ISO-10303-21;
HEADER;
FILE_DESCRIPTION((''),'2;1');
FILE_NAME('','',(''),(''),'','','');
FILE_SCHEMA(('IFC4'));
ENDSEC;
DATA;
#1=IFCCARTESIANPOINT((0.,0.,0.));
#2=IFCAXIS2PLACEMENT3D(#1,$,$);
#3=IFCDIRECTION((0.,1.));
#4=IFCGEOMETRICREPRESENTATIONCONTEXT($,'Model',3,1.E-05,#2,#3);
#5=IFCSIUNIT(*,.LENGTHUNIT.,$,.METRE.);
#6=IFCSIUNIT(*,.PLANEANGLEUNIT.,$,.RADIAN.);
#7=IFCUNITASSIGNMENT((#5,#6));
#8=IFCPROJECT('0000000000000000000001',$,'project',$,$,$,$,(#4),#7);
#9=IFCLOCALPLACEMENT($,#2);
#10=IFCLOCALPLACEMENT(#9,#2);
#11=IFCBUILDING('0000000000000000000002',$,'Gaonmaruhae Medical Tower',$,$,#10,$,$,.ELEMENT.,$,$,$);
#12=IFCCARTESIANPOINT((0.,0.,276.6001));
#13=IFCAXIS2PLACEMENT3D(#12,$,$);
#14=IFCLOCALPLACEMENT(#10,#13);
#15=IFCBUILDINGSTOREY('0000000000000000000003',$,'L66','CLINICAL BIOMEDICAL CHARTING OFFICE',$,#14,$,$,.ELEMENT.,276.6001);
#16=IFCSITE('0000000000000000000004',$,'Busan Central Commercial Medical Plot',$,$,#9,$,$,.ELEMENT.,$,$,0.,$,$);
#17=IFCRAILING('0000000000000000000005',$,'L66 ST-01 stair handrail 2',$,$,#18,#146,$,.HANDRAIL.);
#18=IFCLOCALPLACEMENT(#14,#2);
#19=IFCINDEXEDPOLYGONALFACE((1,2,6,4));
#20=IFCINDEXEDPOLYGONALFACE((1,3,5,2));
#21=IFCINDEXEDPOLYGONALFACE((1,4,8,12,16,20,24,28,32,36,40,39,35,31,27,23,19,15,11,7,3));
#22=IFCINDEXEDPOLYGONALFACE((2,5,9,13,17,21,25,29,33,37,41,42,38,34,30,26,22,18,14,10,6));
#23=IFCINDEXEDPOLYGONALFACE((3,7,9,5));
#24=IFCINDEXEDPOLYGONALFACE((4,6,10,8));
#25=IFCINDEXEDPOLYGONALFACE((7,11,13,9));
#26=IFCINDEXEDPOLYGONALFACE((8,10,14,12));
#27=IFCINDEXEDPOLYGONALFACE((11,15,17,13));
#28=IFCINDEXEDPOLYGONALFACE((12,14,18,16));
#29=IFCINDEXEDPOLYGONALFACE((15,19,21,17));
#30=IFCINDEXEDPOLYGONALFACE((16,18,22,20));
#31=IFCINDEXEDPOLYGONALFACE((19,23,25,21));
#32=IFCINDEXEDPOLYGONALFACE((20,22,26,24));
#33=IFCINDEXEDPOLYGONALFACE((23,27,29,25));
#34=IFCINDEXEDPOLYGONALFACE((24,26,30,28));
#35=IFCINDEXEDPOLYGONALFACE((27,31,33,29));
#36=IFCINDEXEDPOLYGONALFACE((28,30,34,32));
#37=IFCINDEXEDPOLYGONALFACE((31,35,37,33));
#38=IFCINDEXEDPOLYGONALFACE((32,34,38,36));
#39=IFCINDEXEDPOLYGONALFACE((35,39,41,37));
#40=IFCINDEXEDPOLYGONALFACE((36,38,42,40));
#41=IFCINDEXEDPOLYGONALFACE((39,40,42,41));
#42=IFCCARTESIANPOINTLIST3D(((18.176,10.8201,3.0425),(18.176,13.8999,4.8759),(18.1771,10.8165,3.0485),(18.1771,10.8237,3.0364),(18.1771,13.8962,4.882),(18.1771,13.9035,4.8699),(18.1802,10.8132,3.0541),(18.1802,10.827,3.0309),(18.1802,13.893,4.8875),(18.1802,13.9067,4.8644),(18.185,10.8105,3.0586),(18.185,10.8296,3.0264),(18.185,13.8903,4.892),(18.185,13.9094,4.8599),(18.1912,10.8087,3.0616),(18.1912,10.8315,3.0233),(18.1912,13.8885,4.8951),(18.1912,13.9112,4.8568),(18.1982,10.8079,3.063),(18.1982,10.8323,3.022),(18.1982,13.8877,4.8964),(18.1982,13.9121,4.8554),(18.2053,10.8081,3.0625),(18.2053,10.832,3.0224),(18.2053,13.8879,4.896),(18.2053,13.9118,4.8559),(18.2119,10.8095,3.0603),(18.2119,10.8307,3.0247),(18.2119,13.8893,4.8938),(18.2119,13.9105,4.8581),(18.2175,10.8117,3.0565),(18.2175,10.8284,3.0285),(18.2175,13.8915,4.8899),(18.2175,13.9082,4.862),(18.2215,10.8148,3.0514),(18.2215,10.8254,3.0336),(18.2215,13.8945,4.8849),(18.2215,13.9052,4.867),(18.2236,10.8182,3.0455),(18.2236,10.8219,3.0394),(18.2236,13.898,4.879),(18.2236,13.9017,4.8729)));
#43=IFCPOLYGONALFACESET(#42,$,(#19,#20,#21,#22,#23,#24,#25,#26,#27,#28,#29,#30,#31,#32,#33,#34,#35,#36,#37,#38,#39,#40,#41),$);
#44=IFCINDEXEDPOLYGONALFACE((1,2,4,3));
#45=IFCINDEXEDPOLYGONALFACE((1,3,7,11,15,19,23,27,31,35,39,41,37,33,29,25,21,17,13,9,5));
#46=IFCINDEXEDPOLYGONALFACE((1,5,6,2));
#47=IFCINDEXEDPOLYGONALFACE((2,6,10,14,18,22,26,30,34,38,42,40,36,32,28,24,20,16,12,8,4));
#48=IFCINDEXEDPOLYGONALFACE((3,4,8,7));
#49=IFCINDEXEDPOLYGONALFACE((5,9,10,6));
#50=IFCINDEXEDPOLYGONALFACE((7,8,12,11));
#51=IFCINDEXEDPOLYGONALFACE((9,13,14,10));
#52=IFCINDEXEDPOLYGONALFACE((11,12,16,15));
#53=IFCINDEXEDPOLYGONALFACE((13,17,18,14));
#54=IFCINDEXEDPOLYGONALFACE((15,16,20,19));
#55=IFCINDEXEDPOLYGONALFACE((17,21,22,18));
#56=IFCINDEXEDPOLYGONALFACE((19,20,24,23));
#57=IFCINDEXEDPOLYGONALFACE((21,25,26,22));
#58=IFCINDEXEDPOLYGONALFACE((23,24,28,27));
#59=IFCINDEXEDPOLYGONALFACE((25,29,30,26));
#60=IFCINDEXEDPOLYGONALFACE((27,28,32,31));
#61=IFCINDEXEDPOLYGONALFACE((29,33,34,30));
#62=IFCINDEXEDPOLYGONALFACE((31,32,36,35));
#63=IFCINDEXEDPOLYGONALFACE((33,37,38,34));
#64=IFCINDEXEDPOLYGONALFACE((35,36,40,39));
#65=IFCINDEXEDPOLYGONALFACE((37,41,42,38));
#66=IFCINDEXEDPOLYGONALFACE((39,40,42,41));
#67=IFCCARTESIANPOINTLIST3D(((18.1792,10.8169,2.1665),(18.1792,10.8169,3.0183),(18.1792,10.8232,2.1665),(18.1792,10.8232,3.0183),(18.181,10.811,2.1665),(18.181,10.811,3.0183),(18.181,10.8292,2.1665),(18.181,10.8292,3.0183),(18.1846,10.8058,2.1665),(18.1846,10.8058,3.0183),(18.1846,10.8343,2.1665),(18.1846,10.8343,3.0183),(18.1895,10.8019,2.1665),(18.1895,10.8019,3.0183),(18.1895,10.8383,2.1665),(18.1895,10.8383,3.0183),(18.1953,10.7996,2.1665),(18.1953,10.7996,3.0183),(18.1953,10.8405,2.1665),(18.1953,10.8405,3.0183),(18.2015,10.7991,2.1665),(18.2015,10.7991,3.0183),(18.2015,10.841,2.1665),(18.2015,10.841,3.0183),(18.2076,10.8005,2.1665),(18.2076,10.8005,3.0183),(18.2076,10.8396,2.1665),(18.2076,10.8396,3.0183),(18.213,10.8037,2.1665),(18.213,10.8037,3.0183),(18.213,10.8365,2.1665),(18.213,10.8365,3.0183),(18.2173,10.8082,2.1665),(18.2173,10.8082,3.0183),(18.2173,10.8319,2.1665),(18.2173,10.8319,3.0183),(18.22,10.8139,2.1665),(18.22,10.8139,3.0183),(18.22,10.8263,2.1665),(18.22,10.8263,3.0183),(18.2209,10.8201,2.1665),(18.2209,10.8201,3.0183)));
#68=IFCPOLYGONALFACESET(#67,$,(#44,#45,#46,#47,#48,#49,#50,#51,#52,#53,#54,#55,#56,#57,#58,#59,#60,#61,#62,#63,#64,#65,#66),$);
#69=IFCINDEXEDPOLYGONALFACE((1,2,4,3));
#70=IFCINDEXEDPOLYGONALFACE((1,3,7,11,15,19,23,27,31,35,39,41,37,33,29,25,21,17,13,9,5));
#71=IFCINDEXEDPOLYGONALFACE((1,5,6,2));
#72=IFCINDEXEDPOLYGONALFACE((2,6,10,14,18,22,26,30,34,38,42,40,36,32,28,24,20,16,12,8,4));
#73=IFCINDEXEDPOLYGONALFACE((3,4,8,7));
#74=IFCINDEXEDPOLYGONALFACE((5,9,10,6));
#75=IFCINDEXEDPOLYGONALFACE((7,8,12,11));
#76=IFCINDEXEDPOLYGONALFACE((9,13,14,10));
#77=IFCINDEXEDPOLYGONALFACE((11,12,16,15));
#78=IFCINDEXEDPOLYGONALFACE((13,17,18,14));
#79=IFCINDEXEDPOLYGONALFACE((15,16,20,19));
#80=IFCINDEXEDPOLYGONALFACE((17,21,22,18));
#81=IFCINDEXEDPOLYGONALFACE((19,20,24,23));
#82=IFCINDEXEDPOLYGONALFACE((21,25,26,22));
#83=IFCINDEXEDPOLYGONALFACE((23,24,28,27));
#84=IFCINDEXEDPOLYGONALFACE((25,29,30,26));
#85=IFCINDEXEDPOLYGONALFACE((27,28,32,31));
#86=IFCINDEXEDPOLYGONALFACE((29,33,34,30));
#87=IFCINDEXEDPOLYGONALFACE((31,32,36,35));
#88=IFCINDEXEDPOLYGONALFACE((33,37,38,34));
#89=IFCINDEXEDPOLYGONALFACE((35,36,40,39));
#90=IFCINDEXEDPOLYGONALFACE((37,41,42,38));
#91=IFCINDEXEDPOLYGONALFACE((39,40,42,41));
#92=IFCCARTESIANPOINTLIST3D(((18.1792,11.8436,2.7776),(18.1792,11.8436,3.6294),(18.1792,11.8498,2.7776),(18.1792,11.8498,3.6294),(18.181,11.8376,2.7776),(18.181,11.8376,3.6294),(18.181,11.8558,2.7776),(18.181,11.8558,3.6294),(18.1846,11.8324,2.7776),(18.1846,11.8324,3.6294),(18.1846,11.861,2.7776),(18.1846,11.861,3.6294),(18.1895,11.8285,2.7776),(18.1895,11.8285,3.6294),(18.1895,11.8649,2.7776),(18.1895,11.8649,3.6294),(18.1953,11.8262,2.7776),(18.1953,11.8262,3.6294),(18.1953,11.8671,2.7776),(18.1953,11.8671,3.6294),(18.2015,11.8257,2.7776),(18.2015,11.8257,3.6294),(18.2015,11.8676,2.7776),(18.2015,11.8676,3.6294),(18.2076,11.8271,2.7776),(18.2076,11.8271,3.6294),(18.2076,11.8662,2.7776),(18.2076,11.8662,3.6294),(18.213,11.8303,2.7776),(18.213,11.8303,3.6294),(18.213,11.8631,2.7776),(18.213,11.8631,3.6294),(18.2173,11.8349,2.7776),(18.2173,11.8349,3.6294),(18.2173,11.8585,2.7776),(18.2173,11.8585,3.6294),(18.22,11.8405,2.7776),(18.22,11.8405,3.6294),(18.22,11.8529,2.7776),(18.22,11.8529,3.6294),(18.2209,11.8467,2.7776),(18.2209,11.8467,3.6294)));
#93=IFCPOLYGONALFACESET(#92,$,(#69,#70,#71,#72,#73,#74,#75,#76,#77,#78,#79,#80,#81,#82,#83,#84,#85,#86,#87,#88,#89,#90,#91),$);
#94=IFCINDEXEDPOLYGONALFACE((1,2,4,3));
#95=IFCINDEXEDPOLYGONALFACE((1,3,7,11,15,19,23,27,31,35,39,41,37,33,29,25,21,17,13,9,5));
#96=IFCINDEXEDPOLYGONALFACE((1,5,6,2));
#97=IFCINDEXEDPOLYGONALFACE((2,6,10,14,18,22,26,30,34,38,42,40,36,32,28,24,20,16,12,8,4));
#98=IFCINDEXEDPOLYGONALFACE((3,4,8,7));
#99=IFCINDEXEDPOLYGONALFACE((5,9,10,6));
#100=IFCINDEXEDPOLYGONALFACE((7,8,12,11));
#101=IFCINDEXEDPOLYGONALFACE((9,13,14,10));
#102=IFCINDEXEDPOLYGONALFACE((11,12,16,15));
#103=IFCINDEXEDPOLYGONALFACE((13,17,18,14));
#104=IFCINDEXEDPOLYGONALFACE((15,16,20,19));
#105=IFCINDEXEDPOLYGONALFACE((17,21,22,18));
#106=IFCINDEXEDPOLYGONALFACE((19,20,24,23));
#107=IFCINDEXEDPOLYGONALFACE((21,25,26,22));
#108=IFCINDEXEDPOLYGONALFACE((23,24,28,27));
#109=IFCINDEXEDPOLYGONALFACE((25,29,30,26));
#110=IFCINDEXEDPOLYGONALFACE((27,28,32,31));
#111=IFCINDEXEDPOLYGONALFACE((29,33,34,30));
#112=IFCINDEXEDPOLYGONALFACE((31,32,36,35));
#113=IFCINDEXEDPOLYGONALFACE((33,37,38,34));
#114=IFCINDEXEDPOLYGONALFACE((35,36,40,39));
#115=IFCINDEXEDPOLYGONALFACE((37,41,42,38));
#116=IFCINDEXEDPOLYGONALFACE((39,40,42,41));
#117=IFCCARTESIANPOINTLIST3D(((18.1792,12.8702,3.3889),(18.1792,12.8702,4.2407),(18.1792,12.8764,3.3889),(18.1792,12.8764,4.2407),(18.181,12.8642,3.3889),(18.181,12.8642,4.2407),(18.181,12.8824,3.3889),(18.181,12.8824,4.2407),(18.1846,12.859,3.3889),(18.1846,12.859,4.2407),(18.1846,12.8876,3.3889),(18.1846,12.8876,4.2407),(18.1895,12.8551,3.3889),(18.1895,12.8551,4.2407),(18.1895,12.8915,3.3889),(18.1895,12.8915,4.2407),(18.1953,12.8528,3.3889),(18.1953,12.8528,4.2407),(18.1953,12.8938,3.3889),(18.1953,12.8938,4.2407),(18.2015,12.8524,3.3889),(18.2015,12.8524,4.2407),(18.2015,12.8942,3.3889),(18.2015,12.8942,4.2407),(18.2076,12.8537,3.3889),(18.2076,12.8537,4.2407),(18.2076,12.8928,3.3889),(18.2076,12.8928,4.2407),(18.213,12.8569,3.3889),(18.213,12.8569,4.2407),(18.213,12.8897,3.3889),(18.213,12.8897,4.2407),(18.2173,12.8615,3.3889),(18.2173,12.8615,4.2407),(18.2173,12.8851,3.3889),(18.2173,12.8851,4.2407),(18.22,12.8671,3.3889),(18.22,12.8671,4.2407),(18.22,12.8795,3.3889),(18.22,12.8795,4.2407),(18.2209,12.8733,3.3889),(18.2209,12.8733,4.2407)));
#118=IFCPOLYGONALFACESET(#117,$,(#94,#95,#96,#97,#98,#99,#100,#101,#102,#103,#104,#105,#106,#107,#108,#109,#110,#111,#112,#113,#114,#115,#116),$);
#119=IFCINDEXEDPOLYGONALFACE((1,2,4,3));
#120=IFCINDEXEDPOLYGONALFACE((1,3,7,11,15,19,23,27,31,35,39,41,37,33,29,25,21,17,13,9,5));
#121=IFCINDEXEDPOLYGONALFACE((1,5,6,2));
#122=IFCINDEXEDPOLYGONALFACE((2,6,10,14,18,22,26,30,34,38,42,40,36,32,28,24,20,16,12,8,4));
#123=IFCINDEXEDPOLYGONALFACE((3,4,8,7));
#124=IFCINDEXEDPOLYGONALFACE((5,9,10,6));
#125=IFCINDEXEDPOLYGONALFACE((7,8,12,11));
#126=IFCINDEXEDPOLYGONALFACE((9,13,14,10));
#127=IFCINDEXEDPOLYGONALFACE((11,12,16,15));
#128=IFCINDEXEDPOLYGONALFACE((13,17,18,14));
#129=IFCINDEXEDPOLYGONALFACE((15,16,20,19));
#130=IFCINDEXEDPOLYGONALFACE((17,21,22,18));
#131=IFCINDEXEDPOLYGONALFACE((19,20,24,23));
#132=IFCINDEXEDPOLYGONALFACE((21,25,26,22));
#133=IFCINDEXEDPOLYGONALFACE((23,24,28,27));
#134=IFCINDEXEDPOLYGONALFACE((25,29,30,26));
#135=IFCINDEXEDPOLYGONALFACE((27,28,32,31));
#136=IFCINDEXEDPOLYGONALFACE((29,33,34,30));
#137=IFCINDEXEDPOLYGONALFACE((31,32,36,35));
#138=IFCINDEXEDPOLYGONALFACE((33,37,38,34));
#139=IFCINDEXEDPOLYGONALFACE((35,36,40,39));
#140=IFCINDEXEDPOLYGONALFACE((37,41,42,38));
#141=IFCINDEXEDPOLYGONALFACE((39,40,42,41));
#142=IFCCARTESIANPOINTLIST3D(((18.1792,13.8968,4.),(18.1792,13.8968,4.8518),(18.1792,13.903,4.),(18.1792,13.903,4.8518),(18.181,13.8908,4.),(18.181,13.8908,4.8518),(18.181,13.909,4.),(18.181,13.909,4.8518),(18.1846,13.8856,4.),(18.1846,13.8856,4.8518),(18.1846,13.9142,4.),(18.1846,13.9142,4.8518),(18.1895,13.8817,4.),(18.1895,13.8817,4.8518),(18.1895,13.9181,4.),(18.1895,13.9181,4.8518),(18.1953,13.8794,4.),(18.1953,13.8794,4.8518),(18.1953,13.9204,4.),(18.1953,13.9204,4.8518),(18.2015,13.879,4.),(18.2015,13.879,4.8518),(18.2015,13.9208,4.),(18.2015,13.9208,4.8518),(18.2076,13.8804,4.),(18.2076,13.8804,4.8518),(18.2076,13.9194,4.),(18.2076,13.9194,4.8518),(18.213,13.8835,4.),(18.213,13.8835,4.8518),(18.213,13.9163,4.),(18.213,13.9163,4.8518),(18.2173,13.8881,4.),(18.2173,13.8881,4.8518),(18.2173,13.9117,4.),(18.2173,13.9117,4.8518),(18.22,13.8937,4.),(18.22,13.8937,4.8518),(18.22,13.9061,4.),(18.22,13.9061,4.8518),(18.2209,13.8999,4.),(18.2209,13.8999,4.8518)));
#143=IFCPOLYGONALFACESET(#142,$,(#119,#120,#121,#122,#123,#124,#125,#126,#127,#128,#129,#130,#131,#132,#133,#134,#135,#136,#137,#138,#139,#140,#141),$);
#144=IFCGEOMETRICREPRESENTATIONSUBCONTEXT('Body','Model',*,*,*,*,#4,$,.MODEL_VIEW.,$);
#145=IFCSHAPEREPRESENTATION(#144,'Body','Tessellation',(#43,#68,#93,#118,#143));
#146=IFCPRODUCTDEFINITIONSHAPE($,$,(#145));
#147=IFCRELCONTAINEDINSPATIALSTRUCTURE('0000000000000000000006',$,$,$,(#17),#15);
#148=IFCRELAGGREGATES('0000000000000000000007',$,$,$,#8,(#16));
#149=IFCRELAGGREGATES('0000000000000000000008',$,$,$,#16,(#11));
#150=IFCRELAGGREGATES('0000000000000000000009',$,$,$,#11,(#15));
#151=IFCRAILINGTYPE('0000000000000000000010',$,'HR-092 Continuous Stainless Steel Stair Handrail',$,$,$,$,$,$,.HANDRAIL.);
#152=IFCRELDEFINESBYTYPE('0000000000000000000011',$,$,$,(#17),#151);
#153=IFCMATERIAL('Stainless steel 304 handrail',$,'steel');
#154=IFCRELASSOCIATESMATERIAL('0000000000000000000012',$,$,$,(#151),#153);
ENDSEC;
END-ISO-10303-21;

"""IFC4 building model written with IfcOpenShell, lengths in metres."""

from ifc_helpers import new_model, si_unit, direction, frame, origin, origin_2d, place, context, subcontext, project, spatial, circle, extrude, material, type_object, element, save


model = new_model("IFC4")

# Units and contexts
model_context = context("Model", 3, precision=1e-05, world=origin(), true_north=direction((0.0, 1.0)))
body_context = subcontext(model_context, "Body", "Model", "MODEL_VIEW")
ifc_project = project(units=[si_unit("LENGTHUNIT", "METRE"), si_unit("PLANEANGLEUNIT", "RADIAN")], contexts=[model_context])

# Site, building, storey
site_placement = place(None, origin())
site = spatial("IfcSite", under=ifc_project, at=site_placement, Name="Busan Central Commercial Medical Plot", CompositionType="ELEMENT", RefElevation=0.0)
building_placement = place(site_placement, origin())
building = spatial("IfcBuilding", under=site, at=building_placement, Name="Gaonmaruhae Medical Tower", CompositionType="ELEMENT")
storey_placement = place(building_placement, frame((0.0, 0.0, 276.6001)))
storey = spatial("IfcBuildingStorey", under=building, at=storey_placement, Name="L66", Description="CLINICAL BIOMEDICAL CHARTING OFFICE", CompositionType="ELEMENT", Elevation=276.6001)

# Railing
ifc_material_1 = material(Name="Stainless steel 304 handrail", Category="steel")
railing_type_1 = type_object("IfcRailingType", Name="HR-092 Continuous Stainless Steel Stair Handrail", PredefinedType="HANDRAIL", material=ifc_material_1)
railing_1_placement = place(storey_placement, frame((18.2, 10.8201, 2.1665)))
element("IfcRailing", 1, at=railing_1_placement, inside=storey, type_object=railing_type_1, Name="L66 ST-01 stair handrail 2", PredefinedType="HANDRAIL", context=body_context, shape_type="SweptSolid", body=[
    extrude(circle(Radius=0.0239, at=origin_2d()), frame((0.0, 0.0, 0.876), z_axis=(0.0, 0.859261, 0.511538), x_axis=(-1.0, 0.0, 0.0)), (0.0, 0.0, 1.0), 3.5842),
    extrude(circle(Radius=0.021, at=origin_2d()), origin(), (0.0, 0.0, 1.0), 0.8518),
    extrude(circle(Radius=0.021, at=origin_2d()), frame((0.0, 1.0266, 0.6111)), (0.0, 0.0, 1.0), 0.8518),
    extrude(circle(Radius=0.021, at=origin_2d()), frame((0.0, 2.0532, 1.2224)), (0.0, 0.0, 1.0), 0.8518),
    extrude(circle(Radius=0.021, at=origin_2d()), frame((0.0, 3.0798, 1.8335)), (0.0, 0.0, 1.0), 0.8518),
])

save(model, "model.ifc")
